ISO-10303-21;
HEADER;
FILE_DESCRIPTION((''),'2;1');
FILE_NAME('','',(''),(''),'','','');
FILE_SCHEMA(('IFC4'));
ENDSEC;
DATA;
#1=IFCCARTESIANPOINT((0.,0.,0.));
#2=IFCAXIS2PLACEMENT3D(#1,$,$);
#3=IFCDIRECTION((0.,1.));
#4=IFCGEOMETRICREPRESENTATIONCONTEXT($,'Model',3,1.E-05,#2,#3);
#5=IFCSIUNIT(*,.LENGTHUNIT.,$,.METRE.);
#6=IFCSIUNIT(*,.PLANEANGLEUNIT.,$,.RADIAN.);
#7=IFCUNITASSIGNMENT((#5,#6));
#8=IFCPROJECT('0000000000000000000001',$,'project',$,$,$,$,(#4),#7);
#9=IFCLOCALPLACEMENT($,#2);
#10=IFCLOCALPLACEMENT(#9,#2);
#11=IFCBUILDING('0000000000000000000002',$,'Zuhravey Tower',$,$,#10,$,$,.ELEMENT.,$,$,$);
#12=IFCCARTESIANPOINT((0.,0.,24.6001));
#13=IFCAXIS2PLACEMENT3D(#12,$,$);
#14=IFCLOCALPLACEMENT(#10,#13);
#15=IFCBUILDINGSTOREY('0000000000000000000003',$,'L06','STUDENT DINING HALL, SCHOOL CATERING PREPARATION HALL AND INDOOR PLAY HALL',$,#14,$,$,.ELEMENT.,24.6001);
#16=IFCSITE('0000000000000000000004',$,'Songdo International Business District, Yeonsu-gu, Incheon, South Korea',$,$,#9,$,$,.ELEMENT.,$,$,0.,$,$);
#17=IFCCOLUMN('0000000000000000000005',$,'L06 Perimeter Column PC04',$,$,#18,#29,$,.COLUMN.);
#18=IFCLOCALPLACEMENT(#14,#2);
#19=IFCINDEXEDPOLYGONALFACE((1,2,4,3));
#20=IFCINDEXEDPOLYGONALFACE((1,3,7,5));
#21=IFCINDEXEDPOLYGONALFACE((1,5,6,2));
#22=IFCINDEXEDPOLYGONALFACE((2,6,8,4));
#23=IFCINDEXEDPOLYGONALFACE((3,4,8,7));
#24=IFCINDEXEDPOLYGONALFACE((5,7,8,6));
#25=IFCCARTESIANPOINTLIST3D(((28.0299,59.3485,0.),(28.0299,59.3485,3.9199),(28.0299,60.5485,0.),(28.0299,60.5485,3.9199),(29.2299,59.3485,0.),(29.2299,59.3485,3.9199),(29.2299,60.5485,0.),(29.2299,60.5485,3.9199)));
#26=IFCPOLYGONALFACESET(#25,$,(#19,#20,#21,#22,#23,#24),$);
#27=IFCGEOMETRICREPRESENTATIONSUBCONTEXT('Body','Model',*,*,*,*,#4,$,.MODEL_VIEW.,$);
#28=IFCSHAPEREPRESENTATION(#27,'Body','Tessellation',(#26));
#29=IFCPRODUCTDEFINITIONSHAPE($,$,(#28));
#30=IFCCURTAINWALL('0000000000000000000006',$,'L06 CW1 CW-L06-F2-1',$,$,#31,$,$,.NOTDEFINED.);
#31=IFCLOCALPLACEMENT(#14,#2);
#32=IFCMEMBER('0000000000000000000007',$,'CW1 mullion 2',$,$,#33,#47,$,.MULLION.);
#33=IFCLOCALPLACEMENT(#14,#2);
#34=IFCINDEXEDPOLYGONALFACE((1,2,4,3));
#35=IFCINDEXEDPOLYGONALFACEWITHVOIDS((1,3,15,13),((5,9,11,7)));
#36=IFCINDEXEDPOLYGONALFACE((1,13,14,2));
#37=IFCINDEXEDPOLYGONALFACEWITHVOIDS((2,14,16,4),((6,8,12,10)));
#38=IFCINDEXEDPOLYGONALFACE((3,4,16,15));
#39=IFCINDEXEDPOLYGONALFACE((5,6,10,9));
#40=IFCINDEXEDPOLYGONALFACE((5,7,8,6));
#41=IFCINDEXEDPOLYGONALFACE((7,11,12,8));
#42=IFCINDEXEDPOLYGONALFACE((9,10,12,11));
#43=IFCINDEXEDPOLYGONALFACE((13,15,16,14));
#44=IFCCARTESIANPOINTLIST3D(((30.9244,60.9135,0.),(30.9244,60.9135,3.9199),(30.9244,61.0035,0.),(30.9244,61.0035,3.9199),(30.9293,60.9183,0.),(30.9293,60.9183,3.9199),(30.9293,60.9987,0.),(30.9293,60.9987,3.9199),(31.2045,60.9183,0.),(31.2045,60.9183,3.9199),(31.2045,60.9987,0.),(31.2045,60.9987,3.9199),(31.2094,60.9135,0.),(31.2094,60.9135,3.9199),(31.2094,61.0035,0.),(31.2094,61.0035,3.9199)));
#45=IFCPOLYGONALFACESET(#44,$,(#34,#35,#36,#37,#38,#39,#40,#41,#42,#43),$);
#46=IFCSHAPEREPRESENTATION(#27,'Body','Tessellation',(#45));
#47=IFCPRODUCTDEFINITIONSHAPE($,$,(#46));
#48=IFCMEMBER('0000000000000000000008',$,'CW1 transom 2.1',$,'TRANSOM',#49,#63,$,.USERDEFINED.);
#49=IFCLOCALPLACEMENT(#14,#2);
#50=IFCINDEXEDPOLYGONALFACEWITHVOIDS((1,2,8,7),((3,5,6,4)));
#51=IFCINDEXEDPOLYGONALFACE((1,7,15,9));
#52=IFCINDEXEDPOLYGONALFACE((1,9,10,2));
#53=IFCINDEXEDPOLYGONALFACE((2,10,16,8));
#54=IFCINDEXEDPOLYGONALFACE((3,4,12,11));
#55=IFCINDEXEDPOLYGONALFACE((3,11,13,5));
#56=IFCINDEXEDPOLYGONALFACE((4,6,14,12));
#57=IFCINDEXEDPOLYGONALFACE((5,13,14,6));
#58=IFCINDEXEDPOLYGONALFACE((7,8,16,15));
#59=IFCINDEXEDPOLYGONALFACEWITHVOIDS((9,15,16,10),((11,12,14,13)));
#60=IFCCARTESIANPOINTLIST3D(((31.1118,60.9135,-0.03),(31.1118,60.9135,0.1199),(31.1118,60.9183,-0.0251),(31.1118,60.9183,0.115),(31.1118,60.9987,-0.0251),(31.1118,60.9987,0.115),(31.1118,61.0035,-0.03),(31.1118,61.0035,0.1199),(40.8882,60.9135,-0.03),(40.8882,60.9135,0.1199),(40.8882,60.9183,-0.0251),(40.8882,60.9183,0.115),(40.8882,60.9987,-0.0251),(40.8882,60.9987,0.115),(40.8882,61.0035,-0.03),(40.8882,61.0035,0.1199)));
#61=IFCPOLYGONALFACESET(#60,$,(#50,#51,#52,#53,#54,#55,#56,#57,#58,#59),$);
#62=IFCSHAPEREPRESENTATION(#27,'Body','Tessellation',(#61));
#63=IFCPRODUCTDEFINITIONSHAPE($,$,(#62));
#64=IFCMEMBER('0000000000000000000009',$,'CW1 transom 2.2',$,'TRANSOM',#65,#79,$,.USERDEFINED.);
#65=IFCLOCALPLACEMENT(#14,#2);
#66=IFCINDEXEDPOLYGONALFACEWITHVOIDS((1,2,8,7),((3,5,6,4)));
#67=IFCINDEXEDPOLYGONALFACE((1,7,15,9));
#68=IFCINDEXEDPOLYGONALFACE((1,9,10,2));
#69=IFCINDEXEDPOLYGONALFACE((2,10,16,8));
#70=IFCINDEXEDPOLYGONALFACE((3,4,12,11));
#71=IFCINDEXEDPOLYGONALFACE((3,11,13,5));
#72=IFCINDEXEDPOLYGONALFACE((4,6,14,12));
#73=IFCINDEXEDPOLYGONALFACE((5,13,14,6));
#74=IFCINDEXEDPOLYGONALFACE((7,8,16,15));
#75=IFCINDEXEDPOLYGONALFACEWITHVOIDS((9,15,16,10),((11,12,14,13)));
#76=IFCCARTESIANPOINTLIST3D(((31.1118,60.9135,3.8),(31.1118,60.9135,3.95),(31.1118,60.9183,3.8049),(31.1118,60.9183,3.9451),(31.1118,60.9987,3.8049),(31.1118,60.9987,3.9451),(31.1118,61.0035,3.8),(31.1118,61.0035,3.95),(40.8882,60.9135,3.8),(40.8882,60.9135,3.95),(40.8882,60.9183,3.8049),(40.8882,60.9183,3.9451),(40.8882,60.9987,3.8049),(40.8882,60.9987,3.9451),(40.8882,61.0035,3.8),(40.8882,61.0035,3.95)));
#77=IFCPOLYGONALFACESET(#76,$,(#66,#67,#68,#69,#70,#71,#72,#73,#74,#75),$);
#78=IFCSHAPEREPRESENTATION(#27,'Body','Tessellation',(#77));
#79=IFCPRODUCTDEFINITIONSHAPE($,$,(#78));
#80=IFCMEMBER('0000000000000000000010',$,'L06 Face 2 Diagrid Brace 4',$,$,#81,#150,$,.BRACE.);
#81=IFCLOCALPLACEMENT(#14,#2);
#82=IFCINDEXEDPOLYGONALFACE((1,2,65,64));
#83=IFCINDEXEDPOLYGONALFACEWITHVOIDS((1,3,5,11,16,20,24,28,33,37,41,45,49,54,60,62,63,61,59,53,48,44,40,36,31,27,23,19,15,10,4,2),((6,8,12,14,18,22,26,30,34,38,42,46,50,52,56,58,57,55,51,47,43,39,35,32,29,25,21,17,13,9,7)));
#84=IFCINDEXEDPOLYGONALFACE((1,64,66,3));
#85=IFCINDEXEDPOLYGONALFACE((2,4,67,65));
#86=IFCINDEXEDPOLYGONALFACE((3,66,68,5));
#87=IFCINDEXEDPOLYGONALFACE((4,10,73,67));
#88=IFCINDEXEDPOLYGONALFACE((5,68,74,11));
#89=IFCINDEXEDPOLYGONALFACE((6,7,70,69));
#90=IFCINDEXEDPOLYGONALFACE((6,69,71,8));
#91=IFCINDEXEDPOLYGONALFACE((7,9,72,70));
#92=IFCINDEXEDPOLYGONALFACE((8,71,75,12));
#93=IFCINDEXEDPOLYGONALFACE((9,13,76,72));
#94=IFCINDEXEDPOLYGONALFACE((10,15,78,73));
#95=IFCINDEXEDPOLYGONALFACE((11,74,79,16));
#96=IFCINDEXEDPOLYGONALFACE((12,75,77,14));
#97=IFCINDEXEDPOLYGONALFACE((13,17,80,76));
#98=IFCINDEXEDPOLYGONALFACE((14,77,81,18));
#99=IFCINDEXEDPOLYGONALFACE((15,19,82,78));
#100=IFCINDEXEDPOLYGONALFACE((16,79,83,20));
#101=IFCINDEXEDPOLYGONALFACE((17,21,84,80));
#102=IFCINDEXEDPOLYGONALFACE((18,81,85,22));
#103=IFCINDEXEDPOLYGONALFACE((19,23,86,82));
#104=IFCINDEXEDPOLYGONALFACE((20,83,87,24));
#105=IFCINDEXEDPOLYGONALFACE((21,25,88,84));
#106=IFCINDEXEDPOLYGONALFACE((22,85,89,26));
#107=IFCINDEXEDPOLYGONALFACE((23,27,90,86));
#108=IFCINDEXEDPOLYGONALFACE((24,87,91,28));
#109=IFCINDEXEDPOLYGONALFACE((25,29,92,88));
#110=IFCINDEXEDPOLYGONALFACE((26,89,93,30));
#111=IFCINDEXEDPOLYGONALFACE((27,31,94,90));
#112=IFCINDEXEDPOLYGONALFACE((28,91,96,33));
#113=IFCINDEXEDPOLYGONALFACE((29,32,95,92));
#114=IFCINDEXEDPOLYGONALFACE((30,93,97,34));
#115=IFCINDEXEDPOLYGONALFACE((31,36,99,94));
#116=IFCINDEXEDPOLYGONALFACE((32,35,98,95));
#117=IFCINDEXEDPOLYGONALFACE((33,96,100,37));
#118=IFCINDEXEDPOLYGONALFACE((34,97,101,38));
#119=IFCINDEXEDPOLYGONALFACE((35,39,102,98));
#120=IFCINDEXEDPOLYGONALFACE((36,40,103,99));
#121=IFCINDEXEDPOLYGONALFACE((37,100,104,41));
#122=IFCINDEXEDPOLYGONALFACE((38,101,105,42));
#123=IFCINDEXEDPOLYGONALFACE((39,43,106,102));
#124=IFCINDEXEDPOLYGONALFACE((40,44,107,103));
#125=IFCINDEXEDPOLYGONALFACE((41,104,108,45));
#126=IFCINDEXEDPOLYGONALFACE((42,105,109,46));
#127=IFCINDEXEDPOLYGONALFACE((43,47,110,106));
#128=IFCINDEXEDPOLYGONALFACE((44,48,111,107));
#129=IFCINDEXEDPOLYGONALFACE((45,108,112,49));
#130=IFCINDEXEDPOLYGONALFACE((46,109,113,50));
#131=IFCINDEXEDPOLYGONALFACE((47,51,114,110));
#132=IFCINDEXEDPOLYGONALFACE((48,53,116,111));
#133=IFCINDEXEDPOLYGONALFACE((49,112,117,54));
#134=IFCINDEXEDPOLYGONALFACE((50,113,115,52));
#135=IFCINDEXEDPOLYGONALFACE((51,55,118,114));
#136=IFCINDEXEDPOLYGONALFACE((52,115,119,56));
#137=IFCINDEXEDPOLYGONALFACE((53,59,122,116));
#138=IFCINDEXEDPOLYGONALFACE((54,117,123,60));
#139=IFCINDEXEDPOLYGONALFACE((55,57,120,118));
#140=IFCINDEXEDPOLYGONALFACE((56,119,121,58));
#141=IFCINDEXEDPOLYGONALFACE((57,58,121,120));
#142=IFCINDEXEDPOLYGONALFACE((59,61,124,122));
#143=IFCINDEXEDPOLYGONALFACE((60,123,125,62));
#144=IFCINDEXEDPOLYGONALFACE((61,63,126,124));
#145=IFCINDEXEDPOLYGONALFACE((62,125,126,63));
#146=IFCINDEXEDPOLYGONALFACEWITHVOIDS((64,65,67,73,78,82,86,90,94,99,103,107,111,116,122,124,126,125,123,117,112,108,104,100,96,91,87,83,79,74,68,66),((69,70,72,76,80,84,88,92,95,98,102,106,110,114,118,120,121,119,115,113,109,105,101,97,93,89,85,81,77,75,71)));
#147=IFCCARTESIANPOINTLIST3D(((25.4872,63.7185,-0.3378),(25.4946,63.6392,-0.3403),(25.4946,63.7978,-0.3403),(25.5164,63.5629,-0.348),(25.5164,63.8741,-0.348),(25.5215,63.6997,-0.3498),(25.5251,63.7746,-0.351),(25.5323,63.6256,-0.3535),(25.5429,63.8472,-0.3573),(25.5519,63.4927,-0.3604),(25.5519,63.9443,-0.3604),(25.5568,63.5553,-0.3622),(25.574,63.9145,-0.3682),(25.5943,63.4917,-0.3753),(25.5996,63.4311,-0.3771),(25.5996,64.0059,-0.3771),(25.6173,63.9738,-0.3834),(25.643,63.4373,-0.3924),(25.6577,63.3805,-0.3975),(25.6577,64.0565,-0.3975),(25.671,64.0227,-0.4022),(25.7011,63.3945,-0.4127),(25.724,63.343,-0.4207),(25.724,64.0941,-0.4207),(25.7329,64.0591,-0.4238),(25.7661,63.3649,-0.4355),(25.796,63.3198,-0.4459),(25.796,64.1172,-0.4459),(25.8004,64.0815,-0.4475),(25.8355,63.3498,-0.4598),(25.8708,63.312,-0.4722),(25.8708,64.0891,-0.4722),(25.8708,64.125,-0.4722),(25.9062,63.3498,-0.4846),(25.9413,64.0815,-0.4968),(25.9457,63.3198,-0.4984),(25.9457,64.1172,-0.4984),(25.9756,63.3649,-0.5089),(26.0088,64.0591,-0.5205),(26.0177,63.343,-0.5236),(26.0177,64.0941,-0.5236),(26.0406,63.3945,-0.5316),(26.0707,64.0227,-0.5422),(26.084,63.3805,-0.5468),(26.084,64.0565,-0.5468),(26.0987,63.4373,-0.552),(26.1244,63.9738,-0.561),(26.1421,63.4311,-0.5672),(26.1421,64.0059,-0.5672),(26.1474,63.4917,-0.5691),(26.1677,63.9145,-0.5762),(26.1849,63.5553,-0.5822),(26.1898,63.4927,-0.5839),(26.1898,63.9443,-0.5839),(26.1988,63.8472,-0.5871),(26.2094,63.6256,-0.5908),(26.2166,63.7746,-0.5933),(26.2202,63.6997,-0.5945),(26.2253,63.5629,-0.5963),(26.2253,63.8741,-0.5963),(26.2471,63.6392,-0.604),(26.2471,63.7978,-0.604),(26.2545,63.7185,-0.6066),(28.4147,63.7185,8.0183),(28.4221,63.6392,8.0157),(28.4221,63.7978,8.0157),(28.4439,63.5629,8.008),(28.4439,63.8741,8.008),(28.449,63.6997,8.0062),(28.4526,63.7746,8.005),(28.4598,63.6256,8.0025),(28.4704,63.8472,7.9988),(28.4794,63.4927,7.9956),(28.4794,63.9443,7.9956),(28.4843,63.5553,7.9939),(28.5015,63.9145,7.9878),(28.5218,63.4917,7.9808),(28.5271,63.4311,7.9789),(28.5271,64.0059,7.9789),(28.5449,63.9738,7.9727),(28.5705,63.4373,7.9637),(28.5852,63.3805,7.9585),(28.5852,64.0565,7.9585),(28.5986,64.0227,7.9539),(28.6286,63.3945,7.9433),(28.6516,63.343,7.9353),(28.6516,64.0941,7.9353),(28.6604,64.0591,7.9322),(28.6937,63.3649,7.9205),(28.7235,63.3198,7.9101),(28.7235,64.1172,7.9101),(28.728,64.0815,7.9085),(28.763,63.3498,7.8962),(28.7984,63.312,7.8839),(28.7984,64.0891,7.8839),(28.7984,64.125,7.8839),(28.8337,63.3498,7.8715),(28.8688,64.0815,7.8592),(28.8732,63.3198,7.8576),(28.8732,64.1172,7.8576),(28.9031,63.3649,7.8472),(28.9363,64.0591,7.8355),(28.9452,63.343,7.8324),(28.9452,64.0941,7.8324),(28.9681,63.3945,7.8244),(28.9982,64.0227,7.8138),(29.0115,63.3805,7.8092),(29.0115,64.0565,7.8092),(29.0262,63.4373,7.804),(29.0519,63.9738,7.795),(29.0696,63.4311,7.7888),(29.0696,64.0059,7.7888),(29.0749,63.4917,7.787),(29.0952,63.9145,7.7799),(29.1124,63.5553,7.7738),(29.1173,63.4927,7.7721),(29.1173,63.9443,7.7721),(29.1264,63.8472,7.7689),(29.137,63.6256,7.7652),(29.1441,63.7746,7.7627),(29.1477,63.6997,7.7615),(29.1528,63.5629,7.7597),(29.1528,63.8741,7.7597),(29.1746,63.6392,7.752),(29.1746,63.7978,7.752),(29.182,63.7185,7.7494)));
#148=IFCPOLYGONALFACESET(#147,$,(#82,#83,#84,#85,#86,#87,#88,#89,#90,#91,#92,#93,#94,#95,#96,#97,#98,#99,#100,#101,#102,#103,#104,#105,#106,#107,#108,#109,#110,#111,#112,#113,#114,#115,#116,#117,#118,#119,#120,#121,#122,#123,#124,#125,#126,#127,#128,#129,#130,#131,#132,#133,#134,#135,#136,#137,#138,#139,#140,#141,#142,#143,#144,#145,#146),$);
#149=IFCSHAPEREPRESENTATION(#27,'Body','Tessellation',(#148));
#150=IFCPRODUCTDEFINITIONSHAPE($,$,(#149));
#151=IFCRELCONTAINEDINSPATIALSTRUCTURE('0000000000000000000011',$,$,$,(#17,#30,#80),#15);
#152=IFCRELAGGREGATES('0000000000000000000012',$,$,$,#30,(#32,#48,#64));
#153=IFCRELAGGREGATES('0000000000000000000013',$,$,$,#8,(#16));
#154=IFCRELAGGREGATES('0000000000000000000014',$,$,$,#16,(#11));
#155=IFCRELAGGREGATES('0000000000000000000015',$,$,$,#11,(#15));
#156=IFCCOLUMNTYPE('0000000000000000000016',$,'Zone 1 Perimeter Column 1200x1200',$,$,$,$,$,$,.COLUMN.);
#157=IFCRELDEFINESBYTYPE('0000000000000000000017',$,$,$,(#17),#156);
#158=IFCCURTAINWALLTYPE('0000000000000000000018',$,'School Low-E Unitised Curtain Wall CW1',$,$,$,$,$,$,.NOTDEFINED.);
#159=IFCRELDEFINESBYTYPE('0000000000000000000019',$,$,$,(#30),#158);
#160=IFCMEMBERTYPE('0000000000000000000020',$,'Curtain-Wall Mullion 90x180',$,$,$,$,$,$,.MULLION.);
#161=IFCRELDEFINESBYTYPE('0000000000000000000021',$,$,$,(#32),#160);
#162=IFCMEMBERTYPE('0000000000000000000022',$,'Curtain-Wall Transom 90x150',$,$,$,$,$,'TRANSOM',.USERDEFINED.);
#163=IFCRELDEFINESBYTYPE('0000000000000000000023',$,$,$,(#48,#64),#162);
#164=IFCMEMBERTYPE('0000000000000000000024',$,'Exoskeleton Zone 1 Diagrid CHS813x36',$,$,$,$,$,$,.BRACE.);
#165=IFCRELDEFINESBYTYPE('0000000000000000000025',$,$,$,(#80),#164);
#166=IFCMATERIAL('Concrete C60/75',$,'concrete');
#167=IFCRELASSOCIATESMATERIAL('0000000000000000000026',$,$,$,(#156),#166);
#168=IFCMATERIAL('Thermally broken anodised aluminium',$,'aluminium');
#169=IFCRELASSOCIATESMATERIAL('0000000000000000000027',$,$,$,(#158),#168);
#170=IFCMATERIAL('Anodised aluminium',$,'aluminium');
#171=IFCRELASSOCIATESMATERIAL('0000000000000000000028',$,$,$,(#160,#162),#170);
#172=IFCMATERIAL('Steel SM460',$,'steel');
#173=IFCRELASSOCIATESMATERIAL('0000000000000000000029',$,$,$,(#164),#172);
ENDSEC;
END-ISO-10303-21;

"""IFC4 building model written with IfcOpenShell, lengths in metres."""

from ifc_helpers import new_model, si_unit, direction, frame, origin, origin_2d, place, context, subcontext, project, spatial, rectangle, hollow_rectangle, hollow_circle, extrude, material, material_profile, profile_set, type_object, element, aggregate, save


model = new_model("IFC4")

# Units and contexts
model_context = context("Model", 3, precision=1e-05, world=origin(), true_north=direction((0.0, 1.0)))
body_context = subcontext(model_context, "Body", "Model", "MODEL_VIEW")
ifc_project = project(units=[si_unit("LENGTHUNIT", "METRE"), si_unit("PLANEANGLEUNIT", "RADIAN")], contexts=[model_context])

# Site, building, storey
site_placement = place(None, origin())
site = spatial("IfcSite", under=ifc_project, at=site_placement, Name="Songdo International Business District, Yeonsu-gu, Incheon, South Korea", CompositionType="ELEMENT", RefElevation=0.0)
building_placement = place(site_placement, origin())
building = spatial("IfcBuilding", under=site, at=building_placement, Name="Zuhravey Tower", CompositionType="ELEMENT")
storey_placement = place(building_placement, frame((0.0, 0.0, 24.6001)))
storey = spatial("IfcBuildingStorey", under=building, at=storey_placement, Name="L06", Description="STUDENT DINING HALL, SCHOOL CATERING PREPARATION HALL AND INDOOR PLAY HALL", CompositionType="ELEMENT", Elevation=24.6001)

# Column
ifc_material_1 = material(Name="Concrete C60/75", Category="concrete")
ifc_material_profile_1 = material_profile(ifc_material_1, rectangle(XDim=1.2, YDim=1.2, at=origin_2d()), Name="RC-1200x1200")
ifc_profile_set_1 = profile_set([ifc_material_profile_1], Name="Concrete C60/75")
column_type = type_object("IfcColumnType", Name="Zone 1 Perimeter Column 1200x1200", PredefinedType="COLUMN", material=ifc_profile_set_1)
column_placement = place(storey_placement, frame((28.6299, 59.9485, 0.0), z_axis=(0.0, 0.0, 1.0), x_axis=(-1.0, 0.0, 0.0)))
element("IfcColumn", 1, at=column_placement, inside=storey, type_object=column_type, Name="L06 Perimeter Column PC04", PredefinedType="COLUMN", context=body_context, shape_type="SweptSolid", body=[
    extrude(rectangle(XDim=1.2, YDim=1.2, at=origin_2d()), origin(), (0.0, 0.0, 1.0), 3.9199),
])

# Curtain wall, members
ifc_material_2 = material(Name="Thermally broken anodised aluminium", Category="aluminium")
curtain_wall_type = type_object("IfcCurtainWallType", Name="School Low-E Unitised Curtain Wall CW1", PredefinedType="NOTDEFINED", material=ifc_material_2)
curtain_wall_placement = place(storey_placement, origin())
curtain_wall = element("IfcCurtainWall", 2, at=curtain_wall_placement, inside=storey, type_object=curtain_wall_type, Name="L06 CW1 CW-L06-F2-1", PredefinedType="NOTDEFINED")
ifc_material_3 = material(Name="Anodised aluminium", Category="aluminium")
ifc_material_profile_2 = material_profile(ifc_material_3, hollow_rectangle(XDim=0.0901, YDim=0.2849, WallThickness=0.0049, at=origin_2d()), Name="ALU-RHS-90x285x5")
ifc_profile_set_2 = profile_set([ifc_material_profile_2], Name="Anodised aluminium")
member_type_1 = type_object("IfcMemberType", Name="Curtain-Wall Mullion 90x180", PredefinedType="MULLION", material=ifc_profile_set_2)
member_1_placement = place(storey_placement, frame((31.0669, 60.9585, 0.0), z_axis=(0.0, 0.0, 1.0), x_axis=(0.0, 1.0, 0.0)))
member_1 = element("IfcMember", 3, at=member_1_placement, type_object=member_type_1, Name="CW1 mullion 2", PredefinedType="MULLION", context=body_context, shape_type="SweptSolid", body=[
    extrude(hollow_rectangle(XDim=0.0901, YDim=0.2849, WallThickness=0.0049, at=origin_2d()), origin(), (0.0, 0.0, 1.0), 3.9199),
])
ifc_material_profile_3 = material_profile(ifc_material_3, hollow_rectangle(XDim=0.0901, YDim=0.1499, WallThickness=0.0049, at=origin_2d()), Name="ALU-RHS-90x150x5")
ifc_profile_set_3 = profile_set([ifc_material_profile_3], Name="Anodised aluminium")
member_type_2 = type_object("IfcMemberType", Name="Curtain-Wall Transom 90x150", ElementType="TRANSOM", PredefinedType="USERDEFINED", material=ifc_profile_set_3)
member_2_placement = place(storey_placement, frame((31.1118, 60.9585, 0.0449), z_axis=(1.0, 0.0, 0.0), x_axis=(0.0, 1.0, 0.0)))
member_2 = element("IfcMember", 4, at=member_2_placement, type_object=member_type_2, Name="CW1 transom 2.1", ObjectType="TRANSOM", PredefinedType="USERDEFINED", context=body_context, shape_type="SweptSolid", body=[
    extrude(hollow_rectangle(XDim=0.0901, YDim=0.1499, WallThickness=0.0049, at=origin_2d()), origin(), (0.0, 0.0, 1.0), 9.7764),
])
member_3_placement = place(storey_placement, frame((31.1118, 60.9585, 3.875), z_axis=(1.0, 0.0, 0.0), x_axis=(0.0, 1.0, 0.0)))
member_3 = element("IfcMember", 5, at=member_3_placement, type_object=member_type_2, Name="CW1 transom 2.2", ObjectType="TRANSOM", PredefinedType="USERDEFINED", context=body_context, shape_type="SweptSolid", body=[
    extrude(hollow_rectangle(XDim=0.0901, YDim=0.1499, WallThickness=0.0049, at=origin_2d()), origin(), (0.0, 0.0, 1.0), 9.7764),
])

# Member
ifc_material_4 = material(Name="Steel SM460", Category="steel")
ifc_material_profile_4 = material_profile(ifc_material_4, hollow_circle(Radius=0.4065, WallThickness=0.0359, at=origin_2d()), Name="CHS-812.8x36")
ifc_profile_set_4 = profile_set([ifc_material_profile_4], Name="Steel SM460")
member_type_3 = type_object("IfcMemberType", Name="Exoskeleton Zone 1 Diagrid CHS813x36", PredefinedType="BRACE", material=ifc_profile_set_4)
member_4_placement = place(storey_placement, frame((25.8708, 63.7185, -0.4722), z_axis=(0.330643, 0.0, 0.943756), x_axis=(0.0, 1.0, 0.0)))
element("IfcMember", 6, at=member_4_placement, inside=storey, type_object=member_type_3, Name="L06 Face 2 Diagrid Brace 4", PredefinedType="BRACE", context=body_context, shape_type="SweptSolid", body=[
    extrude(hollow_circle(Radius=0.4065, WallThickness=0.0359, at=origin_2d()), origin(), (0.0, 0.0, 1.0), 8.854),
])

aggregate(curtain_wall, [member_1, member_2, member_3])

save(model, "model.ifc")
